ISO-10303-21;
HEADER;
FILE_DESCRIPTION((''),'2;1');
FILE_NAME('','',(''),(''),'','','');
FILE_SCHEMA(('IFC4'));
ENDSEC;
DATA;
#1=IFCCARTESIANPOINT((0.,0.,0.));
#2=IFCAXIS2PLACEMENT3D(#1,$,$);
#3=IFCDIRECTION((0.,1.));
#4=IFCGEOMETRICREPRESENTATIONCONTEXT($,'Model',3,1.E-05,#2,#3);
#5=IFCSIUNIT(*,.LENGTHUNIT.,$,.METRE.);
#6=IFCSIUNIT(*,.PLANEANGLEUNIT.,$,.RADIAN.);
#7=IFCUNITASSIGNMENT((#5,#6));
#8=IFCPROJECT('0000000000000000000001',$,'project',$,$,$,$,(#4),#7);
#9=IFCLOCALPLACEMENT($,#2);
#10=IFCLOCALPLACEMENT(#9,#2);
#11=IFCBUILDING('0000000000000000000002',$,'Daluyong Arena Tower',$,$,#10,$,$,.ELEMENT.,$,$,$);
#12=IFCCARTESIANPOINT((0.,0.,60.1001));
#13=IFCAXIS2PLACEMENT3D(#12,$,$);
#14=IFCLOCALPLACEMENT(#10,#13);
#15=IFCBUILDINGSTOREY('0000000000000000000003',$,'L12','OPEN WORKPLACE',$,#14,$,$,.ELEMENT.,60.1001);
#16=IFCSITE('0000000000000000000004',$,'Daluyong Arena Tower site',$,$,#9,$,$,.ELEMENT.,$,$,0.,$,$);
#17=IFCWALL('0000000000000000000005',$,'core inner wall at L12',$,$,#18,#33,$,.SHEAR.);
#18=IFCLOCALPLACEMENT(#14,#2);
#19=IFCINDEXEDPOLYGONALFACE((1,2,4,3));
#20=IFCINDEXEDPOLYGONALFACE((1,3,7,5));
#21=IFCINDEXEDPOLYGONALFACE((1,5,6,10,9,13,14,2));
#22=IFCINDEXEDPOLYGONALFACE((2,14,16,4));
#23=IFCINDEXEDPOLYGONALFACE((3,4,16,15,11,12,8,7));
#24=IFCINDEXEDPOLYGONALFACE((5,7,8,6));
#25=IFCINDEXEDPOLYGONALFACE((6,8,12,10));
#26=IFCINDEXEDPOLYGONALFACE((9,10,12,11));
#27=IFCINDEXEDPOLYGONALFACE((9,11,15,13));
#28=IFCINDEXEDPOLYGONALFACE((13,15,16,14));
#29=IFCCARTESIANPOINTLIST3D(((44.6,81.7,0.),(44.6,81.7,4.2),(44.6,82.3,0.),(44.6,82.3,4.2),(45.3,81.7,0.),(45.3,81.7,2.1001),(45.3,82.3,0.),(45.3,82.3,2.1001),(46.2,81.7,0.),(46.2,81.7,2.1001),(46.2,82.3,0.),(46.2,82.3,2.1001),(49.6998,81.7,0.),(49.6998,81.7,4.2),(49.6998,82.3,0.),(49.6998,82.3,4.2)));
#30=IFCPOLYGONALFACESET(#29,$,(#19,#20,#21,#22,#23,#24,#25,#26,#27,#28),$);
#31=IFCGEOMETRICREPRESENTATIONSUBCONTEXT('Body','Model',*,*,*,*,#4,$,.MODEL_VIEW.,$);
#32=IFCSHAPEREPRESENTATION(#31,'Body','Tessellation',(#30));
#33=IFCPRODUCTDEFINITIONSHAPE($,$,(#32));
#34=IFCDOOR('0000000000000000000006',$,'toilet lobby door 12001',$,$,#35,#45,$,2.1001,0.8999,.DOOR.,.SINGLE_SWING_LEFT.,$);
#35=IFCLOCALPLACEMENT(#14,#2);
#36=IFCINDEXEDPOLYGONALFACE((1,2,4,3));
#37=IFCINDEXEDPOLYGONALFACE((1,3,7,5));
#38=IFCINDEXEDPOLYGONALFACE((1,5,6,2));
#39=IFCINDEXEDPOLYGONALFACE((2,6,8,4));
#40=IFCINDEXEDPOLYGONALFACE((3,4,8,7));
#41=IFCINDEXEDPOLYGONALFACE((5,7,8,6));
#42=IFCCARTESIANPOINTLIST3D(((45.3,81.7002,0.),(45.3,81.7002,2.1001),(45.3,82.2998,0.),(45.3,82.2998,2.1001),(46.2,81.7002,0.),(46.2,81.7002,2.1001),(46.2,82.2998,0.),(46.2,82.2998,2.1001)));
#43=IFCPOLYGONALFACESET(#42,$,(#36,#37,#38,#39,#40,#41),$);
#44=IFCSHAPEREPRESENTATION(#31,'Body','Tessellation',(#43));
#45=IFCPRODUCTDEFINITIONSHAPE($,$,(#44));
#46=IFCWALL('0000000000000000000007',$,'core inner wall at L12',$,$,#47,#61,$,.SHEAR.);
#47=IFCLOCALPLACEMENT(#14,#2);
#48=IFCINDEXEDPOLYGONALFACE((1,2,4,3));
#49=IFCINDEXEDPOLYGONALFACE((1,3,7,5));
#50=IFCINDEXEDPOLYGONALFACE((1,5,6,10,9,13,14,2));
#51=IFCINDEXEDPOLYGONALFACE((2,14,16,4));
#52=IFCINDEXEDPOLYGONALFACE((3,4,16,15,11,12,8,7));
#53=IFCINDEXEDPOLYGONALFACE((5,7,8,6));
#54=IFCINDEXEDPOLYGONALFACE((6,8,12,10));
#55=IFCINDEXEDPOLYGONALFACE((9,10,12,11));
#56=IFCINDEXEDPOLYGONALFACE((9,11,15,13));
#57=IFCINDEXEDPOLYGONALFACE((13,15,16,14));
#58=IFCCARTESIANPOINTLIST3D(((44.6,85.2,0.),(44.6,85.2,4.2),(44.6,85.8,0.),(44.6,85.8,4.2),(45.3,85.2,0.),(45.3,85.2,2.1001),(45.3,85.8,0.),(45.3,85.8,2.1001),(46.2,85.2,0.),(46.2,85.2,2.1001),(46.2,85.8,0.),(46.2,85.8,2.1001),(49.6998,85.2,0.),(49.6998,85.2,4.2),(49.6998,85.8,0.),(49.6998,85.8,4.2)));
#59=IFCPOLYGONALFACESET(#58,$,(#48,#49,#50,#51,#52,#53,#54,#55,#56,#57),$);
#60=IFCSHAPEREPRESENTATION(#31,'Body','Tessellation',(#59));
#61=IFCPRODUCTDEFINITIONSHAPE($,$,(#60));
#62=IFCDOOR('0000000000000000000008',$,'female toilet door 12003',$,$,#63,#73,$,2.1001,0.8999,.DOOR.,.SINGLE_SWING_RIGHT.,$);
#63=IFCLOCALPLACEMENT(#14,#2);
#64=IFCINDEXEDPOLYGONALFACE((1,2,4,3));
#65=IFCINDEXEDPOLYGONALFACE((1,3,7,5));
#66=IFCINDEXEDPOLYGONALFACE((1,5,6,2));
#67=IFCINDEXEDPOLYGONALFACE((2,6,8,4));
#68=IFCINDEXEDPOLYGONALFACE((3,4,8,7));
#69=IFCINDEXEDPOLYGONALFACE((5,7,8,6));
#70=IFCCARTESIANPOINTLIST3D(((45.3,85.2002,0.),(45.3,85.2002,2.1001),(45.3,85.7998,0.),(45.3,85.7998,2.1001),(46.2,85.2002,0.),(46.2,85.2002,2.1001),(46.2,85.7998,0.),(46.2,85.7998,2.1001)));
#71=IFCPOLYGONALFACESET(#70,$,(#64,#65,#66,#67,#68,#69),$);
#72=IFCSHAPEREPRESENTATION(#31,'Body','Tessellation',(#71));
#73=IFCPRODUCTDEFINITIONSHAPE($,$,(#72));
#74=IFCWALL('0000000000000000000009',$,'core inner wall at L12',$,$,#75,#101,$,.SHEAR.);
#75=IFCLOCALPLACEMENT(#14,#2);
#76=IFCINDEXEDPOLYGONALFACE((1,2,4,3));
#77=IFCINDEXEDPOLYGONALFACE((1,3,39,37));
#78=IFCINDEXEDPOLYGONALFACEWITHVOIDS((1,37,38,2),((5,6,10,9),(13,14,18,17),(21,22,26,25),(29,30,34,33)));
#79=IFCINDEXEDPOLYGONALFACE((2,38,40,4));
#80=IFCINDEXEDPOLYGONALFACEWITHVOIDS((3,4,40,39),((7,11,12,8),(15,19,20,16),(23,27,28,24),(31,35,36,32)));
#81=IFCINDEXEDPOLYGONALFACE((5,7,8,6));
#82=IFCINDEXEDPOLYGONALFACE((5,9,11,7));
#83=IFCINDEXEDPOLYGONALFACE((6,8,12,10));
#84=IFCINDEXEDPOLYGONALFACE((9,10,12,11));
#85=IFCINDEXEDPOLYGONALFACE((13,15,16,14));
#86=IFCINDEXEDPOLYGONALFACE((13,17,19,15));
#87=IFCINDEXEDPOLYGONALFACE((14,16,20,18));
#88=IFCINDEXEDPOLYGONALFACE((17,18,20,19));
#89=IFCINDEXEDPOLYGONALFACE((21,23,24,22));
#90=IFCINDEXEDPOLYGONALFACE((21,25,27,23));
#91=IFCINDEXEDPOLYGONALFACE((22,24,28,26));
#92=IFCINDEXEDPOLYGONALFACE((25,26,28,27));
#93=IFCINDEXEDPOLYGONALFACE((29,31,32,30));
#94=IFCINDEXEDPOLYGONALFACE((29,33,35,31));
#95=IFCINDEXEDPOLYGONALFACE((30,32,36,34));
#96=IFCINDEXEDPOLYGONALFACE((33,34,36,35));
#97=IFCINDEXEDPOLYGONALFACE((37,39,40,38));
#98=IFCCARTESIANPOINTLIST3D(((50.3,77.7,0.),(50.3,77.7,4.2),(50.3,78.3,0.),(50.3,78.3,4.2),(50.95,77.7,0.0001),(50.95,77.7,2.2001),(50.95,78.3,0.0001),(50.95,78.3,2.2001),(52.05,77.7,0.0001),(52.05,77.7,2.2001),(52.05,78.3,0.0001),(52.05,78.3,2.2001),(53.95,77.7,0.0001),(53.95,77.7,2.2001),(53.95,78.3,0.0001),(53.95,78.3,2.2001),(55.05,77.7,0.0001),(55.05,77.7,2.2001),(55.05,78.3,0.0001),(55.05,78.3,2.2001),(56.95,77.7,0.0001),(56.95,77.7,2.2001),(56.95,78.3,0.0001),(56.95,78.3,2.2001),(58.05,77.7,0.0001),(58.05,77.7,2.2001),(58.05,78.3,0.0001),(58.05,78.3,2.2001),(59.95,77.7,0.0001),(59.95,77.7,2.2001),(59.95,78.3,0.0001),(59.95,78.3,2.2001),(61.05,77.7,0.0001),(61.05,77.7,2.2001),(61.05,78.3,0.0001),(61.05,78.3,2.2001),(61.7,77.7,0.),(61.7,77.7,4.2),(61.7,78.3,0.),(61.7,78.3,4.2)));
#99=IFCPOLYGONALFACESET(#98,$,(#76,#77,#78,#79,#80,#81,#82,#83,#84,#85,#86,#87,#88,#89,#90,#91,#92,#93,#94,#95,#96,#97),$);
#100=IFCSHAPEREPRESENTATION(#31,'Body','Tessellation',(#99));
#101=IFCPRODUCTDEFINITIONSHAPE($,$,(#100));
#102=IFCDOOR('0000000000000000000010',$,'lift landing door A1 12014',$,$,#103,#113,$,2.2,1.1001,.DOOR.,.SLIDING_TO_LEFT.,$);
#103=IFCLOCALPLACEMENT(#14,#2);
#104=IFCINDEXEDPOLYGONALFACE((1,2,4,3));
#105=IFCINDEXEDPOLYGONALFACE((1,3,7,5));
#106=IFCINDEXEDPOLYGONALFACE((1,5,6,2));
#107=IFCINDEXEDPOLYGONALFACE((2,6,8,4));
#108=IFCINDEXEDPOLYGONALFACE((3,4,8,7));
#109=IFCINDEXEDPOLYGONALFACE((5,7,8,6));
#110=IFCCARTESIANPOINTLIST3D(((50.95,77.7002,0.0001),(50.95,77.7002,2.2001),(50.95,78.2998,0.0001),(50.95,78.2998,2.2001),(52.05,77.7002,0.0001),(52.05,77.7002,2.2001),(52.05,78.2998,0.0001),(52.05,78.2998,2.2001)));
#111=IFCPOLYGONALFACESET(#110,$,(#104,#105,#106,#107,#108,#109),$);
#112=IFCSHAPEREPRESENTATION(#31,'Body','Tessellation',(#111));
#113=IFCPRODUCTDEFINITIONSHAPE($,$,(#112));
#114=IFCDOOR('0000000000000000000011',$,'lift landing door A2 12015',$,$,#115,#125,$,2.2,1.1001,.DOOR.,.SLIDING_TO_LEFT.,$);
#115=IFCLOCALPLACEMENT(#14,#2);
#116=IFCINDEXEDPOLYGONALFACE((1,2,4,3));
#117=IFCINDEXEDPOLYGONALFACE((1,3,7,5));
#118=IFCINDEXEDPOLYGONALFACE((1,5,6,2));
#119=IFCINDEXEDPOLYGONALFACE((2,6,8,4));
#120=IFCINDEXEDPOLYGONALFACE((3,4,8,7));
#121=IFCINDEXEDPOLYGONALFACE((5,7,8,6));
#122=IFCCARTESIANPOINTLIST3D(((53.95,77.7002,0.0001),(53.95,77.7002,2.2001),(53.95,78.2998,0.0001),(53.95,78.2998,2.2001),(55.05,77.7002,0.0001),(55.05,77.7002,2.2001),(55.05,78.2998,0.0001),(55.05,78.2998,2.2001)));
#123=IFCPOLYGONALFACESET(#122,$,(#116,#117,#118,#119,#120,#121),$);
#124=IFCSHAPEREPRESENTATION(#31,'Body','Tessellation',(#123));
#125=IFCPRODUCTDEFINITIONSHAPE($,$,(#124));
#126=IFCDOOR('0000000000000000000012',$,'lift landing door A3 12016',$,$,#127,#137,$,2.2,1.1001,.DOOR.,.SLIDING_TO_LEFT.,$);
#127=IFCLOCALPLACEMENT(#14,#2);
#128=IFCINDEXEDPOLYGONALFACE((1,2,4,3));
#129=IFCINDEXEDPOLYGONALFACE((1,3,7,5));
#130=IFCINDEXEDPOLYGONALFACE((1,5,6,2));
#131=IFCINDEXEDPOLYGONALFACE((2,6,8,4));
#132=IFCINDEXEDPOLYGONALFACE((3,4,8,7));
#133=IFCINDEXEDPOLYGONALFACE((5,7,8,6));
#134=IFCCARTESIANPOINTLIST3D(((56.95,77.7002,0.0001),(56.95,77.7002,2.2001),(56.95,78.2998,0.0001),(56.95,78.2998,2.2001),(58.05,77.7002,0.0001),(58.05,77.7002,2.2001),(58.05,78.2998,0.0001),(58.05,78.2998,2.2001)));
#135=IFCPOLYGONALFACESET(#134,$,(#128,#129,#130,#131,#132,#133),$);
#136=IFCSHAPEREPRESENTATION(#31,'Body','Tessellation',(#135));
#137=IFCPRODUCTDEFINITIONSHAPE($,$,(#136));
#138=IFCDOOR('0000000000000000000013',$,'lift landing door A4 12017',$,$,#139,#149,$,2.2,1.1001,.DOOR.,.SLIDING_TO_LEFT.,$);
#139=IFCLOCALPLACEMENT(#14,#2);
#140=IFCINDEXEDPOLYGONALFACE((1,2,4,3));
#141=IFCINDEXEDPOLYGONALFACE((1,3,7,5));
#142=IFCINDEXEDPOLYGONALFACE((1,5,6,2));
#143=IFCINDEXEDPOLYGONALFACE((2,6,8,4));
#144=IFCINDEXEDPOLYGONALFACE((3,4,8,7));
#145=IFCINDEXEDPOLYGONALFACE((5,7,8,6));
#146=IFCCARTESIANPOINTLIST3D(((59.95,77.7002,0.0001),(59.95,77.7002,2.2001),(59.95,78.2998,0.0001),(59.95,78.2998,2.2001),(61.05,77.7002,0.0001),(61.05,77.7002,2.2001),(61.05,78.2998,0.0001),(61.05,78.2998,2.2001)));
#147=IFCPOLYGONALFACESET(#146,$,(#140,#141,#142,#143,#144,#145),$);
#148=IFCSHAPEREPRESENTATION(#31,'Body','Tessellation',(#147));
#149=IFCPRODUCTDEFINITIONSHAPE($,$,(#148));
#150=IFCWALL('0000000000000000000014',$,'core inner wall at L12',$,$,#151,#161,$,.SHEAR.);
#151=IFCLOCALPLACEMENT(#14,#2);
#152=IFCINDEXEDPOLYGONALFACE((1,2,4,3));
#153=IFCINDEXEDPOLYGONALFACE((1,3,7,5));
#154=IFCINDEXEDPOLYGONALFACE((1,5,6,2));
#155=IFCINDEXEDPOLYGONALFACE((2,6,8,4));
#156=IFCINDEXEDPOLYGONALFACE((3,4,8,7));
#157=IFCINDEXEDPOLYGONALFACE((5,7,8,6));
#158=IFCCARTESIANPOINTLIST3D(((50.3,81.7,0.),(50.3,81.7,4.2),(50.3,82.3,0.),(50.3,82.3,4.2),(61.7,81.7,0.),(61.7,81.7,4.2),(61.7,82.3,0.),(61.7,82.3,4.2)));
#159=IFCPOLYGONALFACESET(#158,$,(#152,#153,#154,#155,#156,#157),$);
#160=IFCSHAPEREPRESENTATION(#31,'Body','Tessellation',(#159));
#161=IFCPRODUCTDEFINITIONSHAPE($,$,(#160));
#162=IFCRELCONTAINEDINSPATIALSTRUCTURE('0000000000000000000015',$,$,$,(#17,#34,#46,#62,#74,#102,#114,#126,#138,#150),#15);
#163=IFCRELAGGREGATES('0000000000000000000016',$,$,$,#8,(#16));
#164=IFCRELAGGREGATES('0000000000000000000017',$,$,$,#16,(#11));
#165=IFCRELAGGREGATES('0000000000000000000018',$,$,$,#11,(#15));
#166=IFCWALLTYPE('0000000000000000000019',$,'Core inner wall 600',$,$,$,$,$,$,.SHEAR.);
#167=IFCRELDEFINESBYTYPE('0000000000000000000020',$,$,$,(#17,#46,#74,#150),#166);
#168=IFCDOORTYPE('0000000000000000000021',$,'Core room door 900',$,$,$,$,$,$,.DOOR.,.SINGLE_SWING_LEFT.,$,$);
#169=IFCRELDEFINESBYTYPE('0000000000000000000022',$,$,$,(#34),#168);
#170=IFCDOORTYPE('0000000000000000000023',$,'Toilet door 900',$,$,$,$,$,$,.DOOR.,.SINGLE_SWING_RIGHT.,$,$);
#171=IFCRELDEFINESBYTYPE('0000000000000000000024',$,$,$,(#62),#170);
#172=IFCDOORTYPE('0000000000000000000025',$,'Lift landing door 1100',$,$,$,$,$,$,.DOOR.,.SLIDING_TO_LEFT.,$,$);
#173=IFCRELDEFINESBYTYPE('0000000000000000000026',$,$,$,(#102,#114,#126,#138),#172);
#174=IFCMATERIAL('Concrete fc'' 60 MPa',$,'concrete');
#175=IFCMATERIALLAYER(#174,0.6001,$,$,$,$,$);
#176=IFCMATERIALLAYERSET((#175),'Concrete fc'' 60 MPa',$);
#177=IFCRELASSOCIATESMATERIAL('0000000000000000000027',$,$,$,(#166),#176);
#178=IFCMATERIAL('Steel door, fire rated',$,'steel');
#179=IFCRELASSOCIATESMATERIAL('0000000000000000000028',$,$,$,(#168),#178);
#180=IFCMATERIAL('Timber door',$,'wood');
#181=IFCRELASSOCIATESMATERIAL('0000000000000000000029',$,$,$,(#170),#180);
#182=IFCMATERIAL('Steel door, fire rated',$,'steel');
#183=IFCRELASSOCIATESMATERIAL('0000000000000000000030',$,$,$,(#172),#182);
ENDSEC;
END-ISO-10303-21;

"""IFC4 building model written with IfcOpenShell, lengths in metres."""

from ifc_helpers import new_model, si_unit, direction, frame, frame_2d, origin, place, context, subcontext, project, spatial, rectangle, extrude, material, layer, layer_set, type_object, element, fill, save


model = new_model("IFC4")

# Units and contexts
model_context = context("Model", 3, precision=1e-05, world=origin(), true_north=direction((0.0, 1.0)))
body_context = subcontext(model_context, "Body", "Model", "MODEL_VIEW")
ifc_project = project(units=[si_unit("LENGTHUNIT", "METRE"), si_unit("PLANEANGLEUNIT", "RADIAN")], contexts=[model_context])

# Site, building, storey
site_placement = place(None, origin())
site = spatial("IfcSite", under=ifc_project, at=site_placement, Name="Daluyong Arena Tower site", CompositionType="ELEMENT", RefElevation=0.0)
building_placement = place(site_placement, origin())
building = spatial("IfcBuilding", under=site, at=building_placement, Name="Daluyong Arena Tower", CompositionType="ELEMENT")
storey_placement = place(building_placement, frame((0.0, 0.0, 60.1001)))
storey = spatial("IfcBuildingStorey", under=building, at=storey_placement, Name="L12", Description="OPEN WORKPLACE", CompositionType="ELEMENT", Elevation=60.1001)

# Walls, openings, doors
ifc_material_1 = material(Name="Concrete fc' 60 MPa", Category="concrete")
ifc_layer_1 = layer(ifc_material_1, 0.6001)
ifc_layer_set_1 = layer_set([ifc_layer_1], Name="Concrete fc' 60 MPa")
wall_type_1 = type_object("IfcWallType", Name="Core inner wall 600", PredefinedType="SHEAR", material=ifc_layer_set_1)
wall_1_placement = place(storey_placement, frame((44.6001, 82.0, 0.0), z_axis=(0.0, 0.0, 1.0), x_axis=(1.0, 0.0, 0.0)))
wall_1 = element("IfcWall", 1, at=wall_1_placement, inside=storey, type_object=wall_type_1, Name="core inner wall at L12", PredefinedType="SHEAR", context=body_context, shape_type="SweptSolid", body=[
    extrude(rectangle(XDim=5.0999, YDim=0.6001, at=frame_2d((2.5498, 0.0))), origin(), (0.0, 0.0, 1.0), 4.2),
])
opening_1_placement = place(wall_1_placement, frame((0.7, 0.0, 0.0)))
opening_1 = element("IfcOpeningElement", 2, at=opening_1_placement, cuts=wall_1, PredefinedType="OPENING", context=body_context, shape_type="SweptSolid", body=[
    extrude(rectangle(XDim=0.8999, YDim=2.1001, at=frame_2d((0.45, 1.05))), frame((0.0, 0.3101, 0.0), z_axis=(0.0, -1.0, 0.0), x_axis=(1.0, 0.0, 0.0)), (0.0, 0.0, 1.0), 0.6201),
])
ifc_material_2 = material(Name="Steel door, fire rated", Category="steel")
door_type_1 = type_object("IfcDoorType", Name="Core room door 900", OperationType="SINGLE_SWING_LEFT", PredefinedType="DOOR", material=ifc_material_2)
door_1_placement = place(opening_1_placement, origin())
door_1 = element("IfcDoor", 3, at=door_1_placement, inside=storey, type_object=door_type_1, Name="toilet lobby door 12001", OperationType="SINGLE_SWING_LEFT", OverallHeight=2.1001, OverallWidth=0.8999, PredefinedType="DOOR", context=body_context, shape_type="SweptSolid", body=[
    extrude(rectangle(XDim=0.8999, YDim=2.1001, at=frame_2d((0.45, 1.05))), frame((0.0, 0.2998, 0.0), z_axis=(0.0, -1.0, 0.0), x_axis=(1.0, 0.0, 0.0)), (0.0, 0.0, 1.0), 0.5996),
])
fill(opening_1, door_1)
wall_2_placement = place(storey_placement, frame((44.6001, 85.5, 0.0), z_axis=(0.0, 0.0, 1.0), x_axis=(1.0, 0.0, 0.0)))
wall_2 = element("IfcWall", 4, at=wall_2_placement, inside=storey, type_object=wall_type_1, Name="core inner wall at L12", PredefinedType="SHEAR", context=body_context, shape_type="SweptSolid", body=[
    extrude(rectangle(XDim=5.0999, YDim=0.6001, at=frame_2d((2.5498, 0.0))), origin(), (0.0, 0.0, 1.0), 4.2),
])
opening_2_placement = place(wall_2_placement, frame((0.7, 0.0, 0.0)))
opening_2 = element("IfcOpeningElement", 5, at=opening_2_placement, cuts=wall_2, PredefinedType="OPENING", context=body_context, shape_type="SweptSolid", body=[
    extrude(rectangle(XDim=0.8999, YDim=2.1001, at=frame_2d((0.45, 1.05))), frame((0.0, 0.3101, 0.0), z_axis=(0.0, -1.0, 0.0), x_axis=(1.0, 0.0, 0.0)), (0.0, 0.0, 1.0), 0.6201),
])
ifc_material_3 = material(Name="Timber door", Category="wood")
door_type_2 = type_object("IfcDoorType", Name="Toilet door 900", OperationType="SINGLE_SWING_RIGHT", PredefinedType="DOOR", material=ifc_material_3)
door_2_placement = place(opening_2_placement, origin())
door_2 = element("IfcDoor", 6, at=door_2_placement, inside=storey, type_object=door_type_2, Name="female toilet door 12003", OperationType="SINGLE_SWING_RIGHT", OverallHeight=2.1001, OverallWidth=0.8999, PredefinedType="DOOR", context=body_context, shape_type="SweptSolid", body=[
    extrude(rectangle(XDim=0.8999, YDim=2.1001, at=frame_2d((0.45, 1.05))), frame((0.0, 0.2998, 0.0), z_axis=(0.0, -1.0, 0.0), x_axis=(1.0, 0.0, 0.0)), (0.0, 0.0, 1.0), 0.5996),
])
fill(opening_2, door_2)

# Wall, openings, doors
wall_3_placement = place(storey_placement, frame((50.3, 78.0, 0.0), z_axis=(0.0, 0.0, 1.0), x_axis=(1.0, 0.0, 0.0)))
wall_3 = element("IfcWall", 7, at=wall_3_placement, inside=storey, type_object=wall_type_1, Name="core inner wall at L12", PredefinedType="SHEAR", context=body_context, shape_type="SweptSolid", body=[
    extrude(rectangle(XDim=11.3999, YDim=0.6001, at=frame_2d((5.7, 0.0))), origin(), (0.0, 0.0, 1.0), 4.2),
])
opening_3_placement = place(wall_3_placement, frame((0.6499, 0.0, 0.0)))
opening_3 = element("IfcOpeningElement", 8, at=opening_3_placement, cuts=wall_3, PredefinedType="OPENING", context=body_context, shape_type="SweptSolid", body=[
    extrude(rectangle(XDim=1.1001, YDim=2.2, at=frame_2d((0.55, 1.1001))), frame((0.0, 0.3101, 0.0), z_axis=(0.0, -1.0, 0.0), x_axis=(1.0, 0.0, 0.0)), (0.0, 0.0, 1.0), 0.6201),
])
opening_4_placement = place(wall_3_placement, frame((3.6499, 0.0, 0.0)))
opening_4 = element("IfcOpeningElement", 9, at=opening_4_placement, cuts=wall_3, PredefinedType="OPENING", context=body_context, shape_type="SweptSolid", body=[
    extrude(rectangle(XDim=1.1001, YDim=2.2, at=frame_2d((0.55, 1.1001))), frame((0.0, 0.3101, 0.0), z_axis=(0.0, -1.0, 0.0), x_axis=(1.0, 0.0, 0.0)), (0.0, 0.0, 1.0), 0.6201),
])
opening_5_placement = place(wall_3_placement, frame((6.6499, 0.0, 0.0)))
opening_5 = element("IfcOpeningElement", 10, at=opening_5_placement, cuts=wall_3, PredefinedType="OPENING", context=body_context, shape_type="SweptSolid", body=[
    extrude(rectangle(XDim=1.1001, YDim=2.2, at=frame_2d((0.55, 1.1001))), frame((0.0, 0.3101, 0.0), z_axis=(0.0, -1.0, 0.0), x_axis=(1.0, 0.0, 0.0)), (0.0, 0.0, 1.0), 0.6201),
])
opening_6_placement = place(wall_3_placement, frame((9.6499, 0.0, 0.0)))
opening_6 = element("IfcOpeningElement", 11, at=opening_6_placement, cuts=wall_3, PredefinedType="OPENING", context=body_context, shape_type="SweptSolid", body=[
    extrude(rectangle(XDim=1.1001, YDim=2.2, at=frame_2d((0.55, 1.1001))), frame((0.0, 0.3101, 0.0), z_axis=(0.0, -1.0, 0.0), x_axis=(1.0, 0.0, 0.0)), (0.0, 0.0, 1.0), 0.6201),
])
ifc_material_4 = material(Name="Steel door, fire rated", Category="steel")
door_type_3 = type_object("IfcDoorType", Name="Lift landing door 1100", OperationType="SLIDING_TO_LEFT", PredefinedType="DOOR", material=ifc_material_4)
door_3_placement = place(opening_3_placement, origin())
door_3 = element("IfcDoor", 12, at=door_3_placement, inside=storey, type_object=door_type_3, Name="lift landing door A1 12014", OperationType="SLIDING_TO_LEFT", OverallHeight=2.2, OverallWidth=1.1001, PredefinedType="DOOR", context=body_context, shape_type="SweptSolid", body=[
    extrude(rectangle(XDim=1.1001, YDim=2.2, at=frame_2d((0.55, 1.1001))), frame((0.0, 0.2998, 0.0), z_axis=(0.0, -1.0, 0.0), x_axis=(1.0, 0.0, 0.0)), (0.0, 0.0, 1.0), 0.5996),
])
fill(opening_3, door_3)
door_4_placement = place(opening_4_placement, origin())
door_4 = element("IfcDoor", 13, at=door_4_placement, inside=storey, type_object=door_type_3, Name="lift landing door A2 12015", OperationType="SLIDING_TO_LEFT", OverallHeight=2.2, OverallWidth=1.1001, PredefinedType="DOOR", context=body_context, shape_type="SweptSolid", body=[
    extrude(rectangle(XDim=1.1001, YDim=2.2, at=frame_2d((0.55, 1.1001))), frame((0.0, 0.2998, 0.0), z_axis=(0.0, -1.0, 0.0), x_axis=(1.0, 0.0, 0.0)), (0.0, 0.0, 1.0), 0.5996),
])
fill(opening_4, door_4)
door_5_placement = place(opening_5_placement, origin())
door_5 = element("IfcDoor", 14, at=door_5_placement, inside=storey, type_object=door_type_3, Name="lift landing door A3 12016", OperationType="SLIDING_TO_LEFT", OverallHeight=2.2, OverallWidth=1.1001, PredefinedType="DOOR", context=body_context, shape_type="SweptSolid", body=[
    extrude(rectangle(XDim=1.1001, YDim=2.2, at=frame_2d((0.55, 1.1001))), frame((0.0, 0.2998, 0.0), z_axis=(0.0, -1.0, 0.0), x_axis=(1.0, 0.0, 0.0)), (0.0, 0.0, 1.0), 0.5996),
])
fill(opening_5, door_5)
door_6_placement = place(opening_6_placement, origin())
door_6 = element("IfcDoor", 15, at=door_6_placement, inside=storey, type_object=door_type_3, Name="lift landing door A4 12017", OperationType="SLIDING_TO_LEFT", OverallHeight=2.2, OverallWidth=1.1001, PredefinedType="DOOR", context=body_context, shape_type="SweptSolid", body=[
    extrude(rectangle(XDim=1.1001, YDim=2.2, at=frame_2d((0.55, 1.1001))), frame((0.0, 0.2998, 0.0), z_axis=(0.0, -1.0, 0.0), x_axis=(1.0, 0.0, 0.0)), (0.0, 0.0, 1.0), 0.5996),
])
fill(opening_6, door_6)

# Wall
for number, where, z_axis, x_axis, name in (
    (16, (50.3, 82.0, 0.0), (0.0, 0.0, 1.0), (1.0, 0.0, 0.0), "core inner wall at L12"),
):
    element("IfcWall", number, at=place(storey_placement, frame(where, z_axis=z_axis, x_axis=x_axis)), inside=storey, type_object=wall_type_1, Name=name, PredefinedType="SHEAR", context=body_context, shape_type="SweptSolid", body=[
        extrude(rectangle(XDim=11.3999, YDim=0.6001, at=frame_2d((5.7, 0.0))), origin(), (0.0, 0.0, 1.0), 4.2),
    ])

save(model, "model.ifc")
